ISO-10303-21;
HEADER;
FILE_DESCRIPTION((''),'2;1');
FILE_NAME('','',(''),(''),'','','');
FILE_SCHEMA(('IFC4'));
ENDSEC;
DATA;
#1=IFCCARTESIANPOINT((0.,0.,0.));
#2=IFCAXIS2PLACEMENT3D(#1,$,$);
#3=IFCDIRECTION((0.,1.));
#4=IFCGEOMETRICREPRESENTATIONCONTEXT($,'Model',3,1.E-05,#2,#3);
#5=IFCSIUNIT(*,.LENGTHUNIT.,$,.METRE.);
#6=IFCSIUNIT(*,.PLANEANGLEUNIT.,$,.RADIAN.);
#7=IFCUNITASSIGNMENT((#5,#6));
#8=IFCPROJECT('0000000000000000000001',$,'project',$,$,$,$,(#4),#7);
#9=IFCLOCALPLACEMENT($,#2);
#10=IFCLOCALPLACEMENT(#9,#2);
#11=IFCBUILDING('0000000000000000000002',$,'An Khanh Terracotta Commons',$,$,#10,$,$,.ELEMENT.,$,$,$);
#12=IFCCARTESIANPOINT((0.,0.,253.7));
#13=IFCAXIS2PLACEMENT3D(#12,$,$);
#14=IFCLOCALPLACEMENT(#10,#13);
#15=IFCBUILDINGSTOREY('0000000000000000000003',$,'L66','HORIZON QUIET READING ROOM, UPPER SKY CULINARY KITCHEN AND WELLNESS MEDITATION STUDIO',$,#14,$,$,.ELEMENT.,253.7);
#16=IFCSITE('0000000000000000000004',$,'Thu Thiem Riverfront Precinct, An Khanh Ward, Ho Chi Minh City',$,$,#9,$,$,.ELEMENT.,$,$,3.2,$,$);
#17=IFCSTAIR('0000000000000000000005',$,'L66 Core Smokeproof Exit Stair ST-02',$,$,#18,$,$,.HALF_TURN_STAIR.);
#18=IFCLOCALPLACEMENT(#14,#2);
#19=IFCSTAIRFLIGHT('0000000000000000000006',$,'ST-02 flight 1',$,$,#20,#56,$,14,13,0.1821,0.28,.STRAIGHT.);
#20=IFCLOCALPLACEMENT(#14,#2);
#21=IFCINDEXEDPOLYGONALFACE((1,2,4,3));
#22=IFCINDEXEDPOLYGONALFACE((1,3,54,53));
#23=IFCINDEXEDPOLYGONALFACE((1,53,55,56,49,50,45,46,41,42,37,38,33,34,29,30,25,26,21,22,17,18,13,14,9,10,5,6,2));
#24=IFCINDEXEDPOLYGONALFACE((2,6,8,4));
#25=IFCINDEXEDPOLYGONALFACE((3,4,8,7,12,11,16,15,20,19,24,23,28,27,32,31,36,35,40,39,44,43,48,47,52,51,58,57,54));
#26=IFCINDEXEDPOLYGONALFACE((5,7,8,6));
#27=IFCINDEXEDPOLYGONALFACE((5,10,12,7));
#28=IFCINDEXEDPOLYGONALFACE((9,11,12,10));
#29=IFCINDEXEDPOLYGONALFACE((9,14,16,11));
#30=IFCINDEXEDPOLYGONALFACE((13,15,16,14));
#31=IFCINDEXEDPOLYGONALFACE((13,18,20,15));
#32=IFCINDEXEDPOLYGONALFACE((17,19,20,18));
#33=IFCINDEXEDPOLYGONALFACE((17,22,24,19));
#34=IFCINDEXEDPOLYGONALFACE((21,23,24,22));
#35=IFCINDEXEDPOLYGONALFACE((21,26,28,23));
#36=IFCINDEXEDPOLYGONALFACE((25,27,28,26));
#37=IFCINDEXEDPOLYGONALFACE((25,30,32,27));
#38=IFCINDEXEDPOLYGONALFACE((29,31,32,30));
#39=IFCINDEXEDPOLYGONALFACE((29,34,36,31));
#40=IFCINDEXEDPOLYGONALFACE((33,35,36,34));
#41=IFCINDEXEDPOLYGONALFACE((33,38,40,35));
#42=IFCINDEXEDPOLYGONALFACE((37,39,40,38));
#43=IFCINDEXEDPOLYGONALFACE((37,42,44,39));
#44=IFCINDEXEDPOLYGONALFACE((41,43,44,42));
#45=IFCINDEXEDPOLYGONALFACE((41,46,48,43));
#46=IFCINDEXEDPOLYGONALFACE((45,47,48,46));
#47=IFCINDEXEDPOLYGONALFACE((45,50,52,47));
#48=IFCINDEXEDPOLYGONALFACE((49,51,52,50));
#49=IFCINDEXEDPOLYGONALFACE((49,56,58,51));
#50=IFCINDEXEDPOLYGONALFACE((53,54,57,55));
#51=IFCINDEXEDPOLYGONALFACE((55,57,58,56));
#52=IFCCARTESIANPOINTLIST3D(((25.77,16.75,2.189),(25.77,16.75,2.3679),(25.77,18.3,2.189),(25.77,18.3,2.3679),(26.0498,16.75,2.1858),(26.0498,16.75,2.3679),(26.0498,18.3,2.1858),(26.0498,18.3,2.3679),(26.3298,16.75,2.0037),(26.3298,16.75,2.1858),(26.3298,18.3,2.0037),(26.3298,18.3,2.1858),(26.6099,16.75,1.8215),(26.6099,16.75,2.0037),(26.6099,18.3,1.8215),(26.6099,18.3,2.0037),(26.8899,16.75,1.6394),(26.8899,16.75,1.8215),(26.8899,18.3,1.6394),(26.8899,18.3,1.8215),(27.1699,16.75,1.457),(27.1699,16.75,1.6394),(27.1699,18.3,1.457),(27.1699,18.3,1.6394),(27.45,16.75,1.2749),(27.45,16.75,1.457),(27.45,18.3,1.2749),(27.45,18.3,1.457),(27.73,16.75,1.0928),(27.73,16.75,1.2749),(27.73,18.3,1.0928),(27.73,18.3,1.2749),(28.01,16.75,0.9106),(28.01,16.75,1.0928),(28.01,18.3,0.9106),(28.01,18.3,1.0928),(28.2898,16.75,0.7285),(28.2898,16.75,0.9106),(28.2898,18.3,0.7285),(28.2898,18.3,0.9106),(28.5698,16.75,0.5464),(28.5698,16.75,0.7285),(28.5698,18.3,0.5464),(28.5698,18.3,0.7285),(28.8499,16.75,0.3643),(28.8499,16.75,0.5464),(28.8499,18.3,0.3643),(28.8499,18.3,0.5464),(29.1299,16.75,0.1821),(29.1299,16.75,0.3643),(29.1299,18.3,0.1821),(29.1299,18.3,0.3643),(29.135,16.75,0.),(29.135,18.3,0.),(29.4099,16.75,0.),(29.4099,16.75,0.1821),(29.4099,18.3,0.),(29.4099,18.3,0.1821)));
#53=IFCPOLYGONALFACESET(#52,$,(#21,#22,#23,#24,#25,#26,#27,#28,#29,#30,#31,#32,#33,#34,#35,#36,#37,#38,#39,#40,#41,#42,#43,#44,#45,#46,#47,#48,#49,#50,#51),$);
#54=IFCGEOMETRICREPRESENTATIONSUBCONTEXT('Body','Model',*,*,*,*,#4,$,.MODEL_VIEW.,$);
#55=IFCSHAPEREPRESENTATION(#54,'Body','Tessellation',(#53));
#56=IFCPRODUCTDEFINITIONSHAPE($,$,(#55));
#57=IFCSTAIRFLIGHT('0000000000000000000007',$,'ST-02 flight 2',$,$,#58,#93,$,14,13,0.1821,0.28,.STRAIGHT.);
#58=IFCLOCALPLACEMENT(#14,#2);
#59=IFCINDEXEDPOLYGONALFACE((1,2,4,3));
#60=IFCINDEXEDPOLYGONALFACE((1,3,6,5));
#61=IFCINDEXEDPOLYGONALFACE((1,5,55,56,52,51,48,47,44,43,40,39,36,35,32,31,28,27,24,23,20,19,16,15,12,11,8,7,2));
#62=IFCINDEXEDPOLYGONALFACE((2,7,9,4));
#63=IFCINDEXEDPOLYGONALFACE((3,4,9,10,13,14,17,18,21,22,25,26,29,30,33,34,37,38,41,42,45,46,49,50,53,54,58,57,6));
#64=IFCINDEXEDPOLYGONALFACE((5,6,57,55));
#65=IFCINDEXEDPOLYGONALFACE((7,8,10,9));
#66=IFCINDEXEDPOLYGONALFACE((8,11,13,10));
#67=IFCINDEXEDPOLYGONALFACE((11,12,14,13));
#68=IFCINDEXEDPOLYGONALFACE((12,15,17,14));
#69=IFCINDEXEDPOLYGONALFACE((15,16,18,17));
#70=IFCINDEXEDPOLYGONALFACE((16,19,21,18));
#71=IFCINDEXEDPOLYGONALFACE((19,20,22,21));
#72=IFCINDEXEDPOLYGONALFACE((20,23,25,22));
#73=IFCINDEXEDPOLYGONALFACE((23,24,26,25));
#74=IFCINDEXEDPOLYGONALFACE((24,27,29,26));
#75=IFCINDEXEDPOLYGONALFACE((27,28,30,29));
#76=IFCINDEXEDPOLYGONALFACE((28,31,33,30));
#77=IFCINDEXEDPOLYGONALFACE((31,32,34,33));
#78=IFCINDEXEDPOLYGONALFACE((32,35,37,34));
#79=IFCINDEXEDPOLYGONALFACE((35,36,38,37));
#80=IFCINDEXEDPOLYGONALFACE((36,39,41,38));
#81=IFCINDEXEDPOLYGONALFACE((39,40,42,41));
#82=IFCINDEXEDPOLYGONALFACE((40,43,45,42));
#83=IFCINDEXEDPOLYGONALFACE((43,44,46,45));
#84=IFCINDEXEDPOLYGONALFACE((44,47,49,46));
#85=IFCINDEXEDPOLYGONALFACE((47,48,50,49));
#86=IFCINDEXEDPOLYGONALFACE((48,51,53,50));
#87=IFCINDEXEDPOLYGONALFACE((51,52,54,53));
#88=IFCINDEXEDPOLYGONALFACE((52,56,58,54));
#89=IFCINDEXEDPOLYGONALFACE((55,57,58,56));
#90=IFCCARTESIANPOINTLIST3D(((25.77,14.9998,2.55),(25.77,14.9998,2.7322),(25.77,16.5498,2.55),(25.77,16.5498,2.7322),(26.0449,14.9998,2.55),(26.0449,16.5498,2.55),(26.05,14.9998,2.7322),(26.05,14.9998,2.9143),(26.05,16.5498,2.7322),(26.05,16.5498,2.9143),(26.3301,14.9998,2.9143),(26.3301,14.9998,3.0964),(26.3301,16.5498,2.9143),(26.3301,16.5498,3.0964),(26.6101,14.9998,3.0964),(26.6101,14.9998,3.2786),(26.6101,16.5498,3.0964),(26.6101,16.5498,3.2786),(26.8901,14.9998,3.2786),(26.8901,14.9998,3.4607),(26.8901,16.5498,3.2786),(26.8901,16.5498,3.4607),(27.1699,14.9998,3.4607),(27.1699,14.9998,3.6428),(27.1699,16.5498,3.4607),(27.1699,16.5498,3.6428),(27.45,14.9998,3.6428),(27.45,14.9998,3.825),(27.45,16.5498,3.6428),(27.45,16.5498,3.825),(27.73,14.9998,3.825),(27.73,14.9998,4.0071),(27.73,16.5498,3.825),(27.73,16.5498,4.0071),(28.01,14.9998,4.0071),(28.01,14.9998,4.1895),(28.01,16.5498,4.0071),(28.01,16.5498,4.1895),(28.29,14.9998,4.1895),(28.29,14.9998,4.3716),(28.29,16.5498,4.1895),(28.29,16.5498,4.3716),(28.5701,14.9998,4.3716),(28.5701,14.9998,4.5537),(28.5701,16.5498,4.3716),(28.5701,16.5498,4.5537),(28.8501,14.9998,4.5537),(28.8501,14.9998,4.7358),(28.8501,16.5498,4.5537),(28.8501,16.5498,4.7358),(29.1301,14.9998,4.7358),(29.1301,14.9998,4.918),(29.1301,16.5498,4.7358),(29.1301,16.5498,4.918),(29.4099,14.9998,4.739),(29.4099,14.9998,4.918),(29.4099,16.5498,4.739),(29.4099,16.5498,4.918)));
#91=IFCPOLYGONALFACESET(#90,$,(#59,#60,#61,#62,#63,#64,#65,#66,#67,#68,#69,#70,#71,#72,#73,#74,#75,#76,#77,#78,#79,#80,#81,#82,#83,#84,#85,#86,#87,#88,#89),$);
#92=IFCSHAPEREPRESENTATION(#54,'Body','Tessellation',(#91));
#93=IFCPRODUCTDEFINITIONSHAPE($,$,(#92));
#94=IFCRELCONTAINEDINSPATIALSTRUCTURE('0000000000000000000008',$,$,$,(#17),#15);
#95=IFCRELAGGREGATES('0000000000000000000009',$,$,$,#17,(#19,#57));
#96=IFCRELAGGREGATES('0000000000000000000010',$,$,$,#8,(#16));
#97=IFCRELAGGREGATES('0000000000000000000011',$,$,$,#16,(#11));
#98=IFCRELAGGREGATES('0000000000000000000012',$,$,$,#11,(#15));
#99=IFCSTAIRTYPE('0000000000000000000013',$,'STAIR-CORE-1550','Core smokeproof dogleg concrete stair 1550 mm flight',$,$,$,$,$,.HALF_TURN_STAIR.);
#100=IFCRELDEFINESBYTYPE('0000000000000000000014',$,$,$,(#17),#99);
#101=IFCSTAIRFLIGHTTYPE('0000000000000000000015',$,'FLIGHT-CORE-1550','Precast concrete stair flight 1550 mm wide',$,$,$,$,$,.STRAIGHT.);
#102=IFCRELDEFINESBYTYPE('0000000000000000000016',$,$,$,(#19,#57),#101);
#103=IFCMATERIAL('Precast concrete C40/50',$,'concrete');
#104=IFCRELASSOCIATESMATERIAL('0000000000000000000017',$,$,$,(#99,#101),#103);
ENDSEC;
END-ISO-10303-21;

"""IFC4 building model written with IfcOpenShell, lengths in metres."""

from ifc_helpers import new_model, si_unit, direction, frame, origin, place, context, subcontext, project, spatial, polyline, outline, extrude, material, type_object, element, aggregate, save


model = new_model("IFC4")

# Units and contexts
model_context = context("Model", 3, precision=1e-05, world=origin(), true_north=direction((0.0, 1.0)))
body_context = subcontext(model_context, "Body", "Model", "MODEL_VIEW")
ifc_project = project(units=[si_unit("LENGTHUNIT", "METRE"), si_unit("PLANEANGLEUNIT", "RADIAN")], contexts=[model_context])

# Site, building, storey
site_placement = place(None, origin())
site = spatial("IfcSite", under=ifc_project, at=site_placement, Name="Thu Thiem Riverfront Precinct, An Khanh Ward, Ho Chi Minh City", CompositionType="ELEMENT", RefElevation=3.2)
building_placement = place(site_placement, origin())
building = spatial("IfcBuilding", under=site, at=building_placement, Name="An Khanh Terracotta Commons", CompositionType="ELEMENT")
storey_placement = place(building_placement, frame((0.0, 0.0, 253.7)))
storey = spatial("IfcBuildingStorey", under=building, at=storey_placement, Name="L66", Description="HORIZON QUIET READING ROOM, UPPER SKY CULINARY KITCHEN AND WELLNESS MEDITATION STUDIO", CompositionType="ELEMENT", Elevation=253.7)

# Shared definitions
ifc_material_1 = material(Name="Precast concrete C40/50", Category="concrete")

# Stair, stair flights
stair_type = type_object("IfcStairType", Name="STAIR-CORE-1550", Description="Core smokeproof dogleg concrete stair 1550 mm flight", PredefinedType="HALF_TURN_STAIR", material=ifc_material_1)
stair_placement = place(storey_placement, origin())
stair = element("IfcStair", 1, at=stair_placement, inside=storey, type_object=stair_type, Name="L66 Core Smokeproof Exit Stair ST-02", PredefinedType="HALF_TURN_STAIR")
stair_flight_type = type_object("IfcStairFlightType", Name="FLIGHT-CORE-1550", Description="Precast concrete stair flight 1550 mm wide", PredefinedType="STRAIGHT", material=ifc_material_1)
stair_flight_1_placement = place(storey_placement, frame((29.4099, 17.5249, 0.0), z_axis=(0.0, 0.0, 1.0), x_axis=(-1.0, 0.0, 0.0)))
stair_flight_1 = element("IfcStairFlight", 2, at=stair_flight_1_placement, type_object=stair_flight_type, Name="ST-02 flight 1", NumberOfRisers=14, NumberOfTreads=13, PredefinedType="STRAIGHT", RiserHeight=0.1821, TreadLength=0.28, context=body_context, shape_type="SweptSolid", body=[
    extrude(outline(polyline([(0.0, 0.0), (0.0, 0.1821), (0.28, 0.1821), (0.28, 0.3643), (0.5601, 0.3643), (0.5601, 0.5464), (0.8401, 0.5464), (0.8401, 0.7285), (1.1201, 0.7285), (1.1201, 0.9106), (1.3999, 0.9106), (1.3999, 1.0928), (1.6799, 1.0928), (1.6799, 1.2749), (1.96, 1.2749), (1.96, 1.457), (2.24, 1.457), (2.24, 1.6394), (2.52, 1.6394), (2.52, 1.8215), (2.8, 1.8215), (2.8, 2.0037), (3.0801, 2.0037), (3.0801, 2.1858), (3.3601, 2.1858), (3.3601, 2.3679), (3.6399, 2.3679), (3.6399, 2.55), (3.6399, 2.189), (0.2749, 0.0), (0.0, 0.0)])), frame((0.0, 0.7749, 0.0), z_axis=(0.0, -1.0, 0.0), x_axis=(1.0, 0.0, 0.0)), (0.0, 0.0, 1.0), 1.55),
])
stair_flight_2_placement = place(storey_placement, frame((25.77, 15.7749, 2.55), z_axis=(0.0, 0.0, 1.0), x_axis=(1.0, 0.0, 0.0)))
stair_flight_2 = element("IfcStairFlight", 3, at=stair_flight_2_placement, type_object=stair_flight_type, Name="ST-02 flight 2", NumberOfRisers=14, NumberOfTreads=13, PredefinedType="STRAIGHT", RiserHeight=0.1821, TreadLength=0.28, context=body_context, shape_type="SweptSolid", body=[
    extrude(outline(polyline([(0.0, 0.0), (0.0, 0.1821), (0.28, 0.1821), (0.28, 0.3643), (0.5601, 0.3643), (0.5601, 0.5464), (0.8401, 0.5464), (0.8401, 0.7285), (1.1201, 0.7285), (1.1201, 0.9106), (1.3999, 0.9106), (1.3999, 1.0928), (1.6799, 1.0928), (1.6799, 1.2749), (1.96, 1.2749), (1.96, 1.457), (2.24, 1.457), (2.24, 1.6394), (2.52, 1.6394), (2.52, 1.8215), (2.8, 1.8215), (2.8, 2.0037), (3.0801, 2.0037), (3.0801, 2.1858), (3.3601, 2.1858), (3.3601, 2.3679), (3.6399, 2.3679), (3.6399, 2.55), (3.6399, 2.189), (0.2749, 0.0), (0.0, 0.0)])), frame((0.0, 0.7749, 0.0), z_axis=(0.0, -1.0, 0.0), x_axis=(1.0, 0.0, 0.0)), (0.0, 0.0, 1.0), 1.55),
])
aggregate(stair, [stair_flight_1, stair_flight_2])

save(model, "model.ifc")
